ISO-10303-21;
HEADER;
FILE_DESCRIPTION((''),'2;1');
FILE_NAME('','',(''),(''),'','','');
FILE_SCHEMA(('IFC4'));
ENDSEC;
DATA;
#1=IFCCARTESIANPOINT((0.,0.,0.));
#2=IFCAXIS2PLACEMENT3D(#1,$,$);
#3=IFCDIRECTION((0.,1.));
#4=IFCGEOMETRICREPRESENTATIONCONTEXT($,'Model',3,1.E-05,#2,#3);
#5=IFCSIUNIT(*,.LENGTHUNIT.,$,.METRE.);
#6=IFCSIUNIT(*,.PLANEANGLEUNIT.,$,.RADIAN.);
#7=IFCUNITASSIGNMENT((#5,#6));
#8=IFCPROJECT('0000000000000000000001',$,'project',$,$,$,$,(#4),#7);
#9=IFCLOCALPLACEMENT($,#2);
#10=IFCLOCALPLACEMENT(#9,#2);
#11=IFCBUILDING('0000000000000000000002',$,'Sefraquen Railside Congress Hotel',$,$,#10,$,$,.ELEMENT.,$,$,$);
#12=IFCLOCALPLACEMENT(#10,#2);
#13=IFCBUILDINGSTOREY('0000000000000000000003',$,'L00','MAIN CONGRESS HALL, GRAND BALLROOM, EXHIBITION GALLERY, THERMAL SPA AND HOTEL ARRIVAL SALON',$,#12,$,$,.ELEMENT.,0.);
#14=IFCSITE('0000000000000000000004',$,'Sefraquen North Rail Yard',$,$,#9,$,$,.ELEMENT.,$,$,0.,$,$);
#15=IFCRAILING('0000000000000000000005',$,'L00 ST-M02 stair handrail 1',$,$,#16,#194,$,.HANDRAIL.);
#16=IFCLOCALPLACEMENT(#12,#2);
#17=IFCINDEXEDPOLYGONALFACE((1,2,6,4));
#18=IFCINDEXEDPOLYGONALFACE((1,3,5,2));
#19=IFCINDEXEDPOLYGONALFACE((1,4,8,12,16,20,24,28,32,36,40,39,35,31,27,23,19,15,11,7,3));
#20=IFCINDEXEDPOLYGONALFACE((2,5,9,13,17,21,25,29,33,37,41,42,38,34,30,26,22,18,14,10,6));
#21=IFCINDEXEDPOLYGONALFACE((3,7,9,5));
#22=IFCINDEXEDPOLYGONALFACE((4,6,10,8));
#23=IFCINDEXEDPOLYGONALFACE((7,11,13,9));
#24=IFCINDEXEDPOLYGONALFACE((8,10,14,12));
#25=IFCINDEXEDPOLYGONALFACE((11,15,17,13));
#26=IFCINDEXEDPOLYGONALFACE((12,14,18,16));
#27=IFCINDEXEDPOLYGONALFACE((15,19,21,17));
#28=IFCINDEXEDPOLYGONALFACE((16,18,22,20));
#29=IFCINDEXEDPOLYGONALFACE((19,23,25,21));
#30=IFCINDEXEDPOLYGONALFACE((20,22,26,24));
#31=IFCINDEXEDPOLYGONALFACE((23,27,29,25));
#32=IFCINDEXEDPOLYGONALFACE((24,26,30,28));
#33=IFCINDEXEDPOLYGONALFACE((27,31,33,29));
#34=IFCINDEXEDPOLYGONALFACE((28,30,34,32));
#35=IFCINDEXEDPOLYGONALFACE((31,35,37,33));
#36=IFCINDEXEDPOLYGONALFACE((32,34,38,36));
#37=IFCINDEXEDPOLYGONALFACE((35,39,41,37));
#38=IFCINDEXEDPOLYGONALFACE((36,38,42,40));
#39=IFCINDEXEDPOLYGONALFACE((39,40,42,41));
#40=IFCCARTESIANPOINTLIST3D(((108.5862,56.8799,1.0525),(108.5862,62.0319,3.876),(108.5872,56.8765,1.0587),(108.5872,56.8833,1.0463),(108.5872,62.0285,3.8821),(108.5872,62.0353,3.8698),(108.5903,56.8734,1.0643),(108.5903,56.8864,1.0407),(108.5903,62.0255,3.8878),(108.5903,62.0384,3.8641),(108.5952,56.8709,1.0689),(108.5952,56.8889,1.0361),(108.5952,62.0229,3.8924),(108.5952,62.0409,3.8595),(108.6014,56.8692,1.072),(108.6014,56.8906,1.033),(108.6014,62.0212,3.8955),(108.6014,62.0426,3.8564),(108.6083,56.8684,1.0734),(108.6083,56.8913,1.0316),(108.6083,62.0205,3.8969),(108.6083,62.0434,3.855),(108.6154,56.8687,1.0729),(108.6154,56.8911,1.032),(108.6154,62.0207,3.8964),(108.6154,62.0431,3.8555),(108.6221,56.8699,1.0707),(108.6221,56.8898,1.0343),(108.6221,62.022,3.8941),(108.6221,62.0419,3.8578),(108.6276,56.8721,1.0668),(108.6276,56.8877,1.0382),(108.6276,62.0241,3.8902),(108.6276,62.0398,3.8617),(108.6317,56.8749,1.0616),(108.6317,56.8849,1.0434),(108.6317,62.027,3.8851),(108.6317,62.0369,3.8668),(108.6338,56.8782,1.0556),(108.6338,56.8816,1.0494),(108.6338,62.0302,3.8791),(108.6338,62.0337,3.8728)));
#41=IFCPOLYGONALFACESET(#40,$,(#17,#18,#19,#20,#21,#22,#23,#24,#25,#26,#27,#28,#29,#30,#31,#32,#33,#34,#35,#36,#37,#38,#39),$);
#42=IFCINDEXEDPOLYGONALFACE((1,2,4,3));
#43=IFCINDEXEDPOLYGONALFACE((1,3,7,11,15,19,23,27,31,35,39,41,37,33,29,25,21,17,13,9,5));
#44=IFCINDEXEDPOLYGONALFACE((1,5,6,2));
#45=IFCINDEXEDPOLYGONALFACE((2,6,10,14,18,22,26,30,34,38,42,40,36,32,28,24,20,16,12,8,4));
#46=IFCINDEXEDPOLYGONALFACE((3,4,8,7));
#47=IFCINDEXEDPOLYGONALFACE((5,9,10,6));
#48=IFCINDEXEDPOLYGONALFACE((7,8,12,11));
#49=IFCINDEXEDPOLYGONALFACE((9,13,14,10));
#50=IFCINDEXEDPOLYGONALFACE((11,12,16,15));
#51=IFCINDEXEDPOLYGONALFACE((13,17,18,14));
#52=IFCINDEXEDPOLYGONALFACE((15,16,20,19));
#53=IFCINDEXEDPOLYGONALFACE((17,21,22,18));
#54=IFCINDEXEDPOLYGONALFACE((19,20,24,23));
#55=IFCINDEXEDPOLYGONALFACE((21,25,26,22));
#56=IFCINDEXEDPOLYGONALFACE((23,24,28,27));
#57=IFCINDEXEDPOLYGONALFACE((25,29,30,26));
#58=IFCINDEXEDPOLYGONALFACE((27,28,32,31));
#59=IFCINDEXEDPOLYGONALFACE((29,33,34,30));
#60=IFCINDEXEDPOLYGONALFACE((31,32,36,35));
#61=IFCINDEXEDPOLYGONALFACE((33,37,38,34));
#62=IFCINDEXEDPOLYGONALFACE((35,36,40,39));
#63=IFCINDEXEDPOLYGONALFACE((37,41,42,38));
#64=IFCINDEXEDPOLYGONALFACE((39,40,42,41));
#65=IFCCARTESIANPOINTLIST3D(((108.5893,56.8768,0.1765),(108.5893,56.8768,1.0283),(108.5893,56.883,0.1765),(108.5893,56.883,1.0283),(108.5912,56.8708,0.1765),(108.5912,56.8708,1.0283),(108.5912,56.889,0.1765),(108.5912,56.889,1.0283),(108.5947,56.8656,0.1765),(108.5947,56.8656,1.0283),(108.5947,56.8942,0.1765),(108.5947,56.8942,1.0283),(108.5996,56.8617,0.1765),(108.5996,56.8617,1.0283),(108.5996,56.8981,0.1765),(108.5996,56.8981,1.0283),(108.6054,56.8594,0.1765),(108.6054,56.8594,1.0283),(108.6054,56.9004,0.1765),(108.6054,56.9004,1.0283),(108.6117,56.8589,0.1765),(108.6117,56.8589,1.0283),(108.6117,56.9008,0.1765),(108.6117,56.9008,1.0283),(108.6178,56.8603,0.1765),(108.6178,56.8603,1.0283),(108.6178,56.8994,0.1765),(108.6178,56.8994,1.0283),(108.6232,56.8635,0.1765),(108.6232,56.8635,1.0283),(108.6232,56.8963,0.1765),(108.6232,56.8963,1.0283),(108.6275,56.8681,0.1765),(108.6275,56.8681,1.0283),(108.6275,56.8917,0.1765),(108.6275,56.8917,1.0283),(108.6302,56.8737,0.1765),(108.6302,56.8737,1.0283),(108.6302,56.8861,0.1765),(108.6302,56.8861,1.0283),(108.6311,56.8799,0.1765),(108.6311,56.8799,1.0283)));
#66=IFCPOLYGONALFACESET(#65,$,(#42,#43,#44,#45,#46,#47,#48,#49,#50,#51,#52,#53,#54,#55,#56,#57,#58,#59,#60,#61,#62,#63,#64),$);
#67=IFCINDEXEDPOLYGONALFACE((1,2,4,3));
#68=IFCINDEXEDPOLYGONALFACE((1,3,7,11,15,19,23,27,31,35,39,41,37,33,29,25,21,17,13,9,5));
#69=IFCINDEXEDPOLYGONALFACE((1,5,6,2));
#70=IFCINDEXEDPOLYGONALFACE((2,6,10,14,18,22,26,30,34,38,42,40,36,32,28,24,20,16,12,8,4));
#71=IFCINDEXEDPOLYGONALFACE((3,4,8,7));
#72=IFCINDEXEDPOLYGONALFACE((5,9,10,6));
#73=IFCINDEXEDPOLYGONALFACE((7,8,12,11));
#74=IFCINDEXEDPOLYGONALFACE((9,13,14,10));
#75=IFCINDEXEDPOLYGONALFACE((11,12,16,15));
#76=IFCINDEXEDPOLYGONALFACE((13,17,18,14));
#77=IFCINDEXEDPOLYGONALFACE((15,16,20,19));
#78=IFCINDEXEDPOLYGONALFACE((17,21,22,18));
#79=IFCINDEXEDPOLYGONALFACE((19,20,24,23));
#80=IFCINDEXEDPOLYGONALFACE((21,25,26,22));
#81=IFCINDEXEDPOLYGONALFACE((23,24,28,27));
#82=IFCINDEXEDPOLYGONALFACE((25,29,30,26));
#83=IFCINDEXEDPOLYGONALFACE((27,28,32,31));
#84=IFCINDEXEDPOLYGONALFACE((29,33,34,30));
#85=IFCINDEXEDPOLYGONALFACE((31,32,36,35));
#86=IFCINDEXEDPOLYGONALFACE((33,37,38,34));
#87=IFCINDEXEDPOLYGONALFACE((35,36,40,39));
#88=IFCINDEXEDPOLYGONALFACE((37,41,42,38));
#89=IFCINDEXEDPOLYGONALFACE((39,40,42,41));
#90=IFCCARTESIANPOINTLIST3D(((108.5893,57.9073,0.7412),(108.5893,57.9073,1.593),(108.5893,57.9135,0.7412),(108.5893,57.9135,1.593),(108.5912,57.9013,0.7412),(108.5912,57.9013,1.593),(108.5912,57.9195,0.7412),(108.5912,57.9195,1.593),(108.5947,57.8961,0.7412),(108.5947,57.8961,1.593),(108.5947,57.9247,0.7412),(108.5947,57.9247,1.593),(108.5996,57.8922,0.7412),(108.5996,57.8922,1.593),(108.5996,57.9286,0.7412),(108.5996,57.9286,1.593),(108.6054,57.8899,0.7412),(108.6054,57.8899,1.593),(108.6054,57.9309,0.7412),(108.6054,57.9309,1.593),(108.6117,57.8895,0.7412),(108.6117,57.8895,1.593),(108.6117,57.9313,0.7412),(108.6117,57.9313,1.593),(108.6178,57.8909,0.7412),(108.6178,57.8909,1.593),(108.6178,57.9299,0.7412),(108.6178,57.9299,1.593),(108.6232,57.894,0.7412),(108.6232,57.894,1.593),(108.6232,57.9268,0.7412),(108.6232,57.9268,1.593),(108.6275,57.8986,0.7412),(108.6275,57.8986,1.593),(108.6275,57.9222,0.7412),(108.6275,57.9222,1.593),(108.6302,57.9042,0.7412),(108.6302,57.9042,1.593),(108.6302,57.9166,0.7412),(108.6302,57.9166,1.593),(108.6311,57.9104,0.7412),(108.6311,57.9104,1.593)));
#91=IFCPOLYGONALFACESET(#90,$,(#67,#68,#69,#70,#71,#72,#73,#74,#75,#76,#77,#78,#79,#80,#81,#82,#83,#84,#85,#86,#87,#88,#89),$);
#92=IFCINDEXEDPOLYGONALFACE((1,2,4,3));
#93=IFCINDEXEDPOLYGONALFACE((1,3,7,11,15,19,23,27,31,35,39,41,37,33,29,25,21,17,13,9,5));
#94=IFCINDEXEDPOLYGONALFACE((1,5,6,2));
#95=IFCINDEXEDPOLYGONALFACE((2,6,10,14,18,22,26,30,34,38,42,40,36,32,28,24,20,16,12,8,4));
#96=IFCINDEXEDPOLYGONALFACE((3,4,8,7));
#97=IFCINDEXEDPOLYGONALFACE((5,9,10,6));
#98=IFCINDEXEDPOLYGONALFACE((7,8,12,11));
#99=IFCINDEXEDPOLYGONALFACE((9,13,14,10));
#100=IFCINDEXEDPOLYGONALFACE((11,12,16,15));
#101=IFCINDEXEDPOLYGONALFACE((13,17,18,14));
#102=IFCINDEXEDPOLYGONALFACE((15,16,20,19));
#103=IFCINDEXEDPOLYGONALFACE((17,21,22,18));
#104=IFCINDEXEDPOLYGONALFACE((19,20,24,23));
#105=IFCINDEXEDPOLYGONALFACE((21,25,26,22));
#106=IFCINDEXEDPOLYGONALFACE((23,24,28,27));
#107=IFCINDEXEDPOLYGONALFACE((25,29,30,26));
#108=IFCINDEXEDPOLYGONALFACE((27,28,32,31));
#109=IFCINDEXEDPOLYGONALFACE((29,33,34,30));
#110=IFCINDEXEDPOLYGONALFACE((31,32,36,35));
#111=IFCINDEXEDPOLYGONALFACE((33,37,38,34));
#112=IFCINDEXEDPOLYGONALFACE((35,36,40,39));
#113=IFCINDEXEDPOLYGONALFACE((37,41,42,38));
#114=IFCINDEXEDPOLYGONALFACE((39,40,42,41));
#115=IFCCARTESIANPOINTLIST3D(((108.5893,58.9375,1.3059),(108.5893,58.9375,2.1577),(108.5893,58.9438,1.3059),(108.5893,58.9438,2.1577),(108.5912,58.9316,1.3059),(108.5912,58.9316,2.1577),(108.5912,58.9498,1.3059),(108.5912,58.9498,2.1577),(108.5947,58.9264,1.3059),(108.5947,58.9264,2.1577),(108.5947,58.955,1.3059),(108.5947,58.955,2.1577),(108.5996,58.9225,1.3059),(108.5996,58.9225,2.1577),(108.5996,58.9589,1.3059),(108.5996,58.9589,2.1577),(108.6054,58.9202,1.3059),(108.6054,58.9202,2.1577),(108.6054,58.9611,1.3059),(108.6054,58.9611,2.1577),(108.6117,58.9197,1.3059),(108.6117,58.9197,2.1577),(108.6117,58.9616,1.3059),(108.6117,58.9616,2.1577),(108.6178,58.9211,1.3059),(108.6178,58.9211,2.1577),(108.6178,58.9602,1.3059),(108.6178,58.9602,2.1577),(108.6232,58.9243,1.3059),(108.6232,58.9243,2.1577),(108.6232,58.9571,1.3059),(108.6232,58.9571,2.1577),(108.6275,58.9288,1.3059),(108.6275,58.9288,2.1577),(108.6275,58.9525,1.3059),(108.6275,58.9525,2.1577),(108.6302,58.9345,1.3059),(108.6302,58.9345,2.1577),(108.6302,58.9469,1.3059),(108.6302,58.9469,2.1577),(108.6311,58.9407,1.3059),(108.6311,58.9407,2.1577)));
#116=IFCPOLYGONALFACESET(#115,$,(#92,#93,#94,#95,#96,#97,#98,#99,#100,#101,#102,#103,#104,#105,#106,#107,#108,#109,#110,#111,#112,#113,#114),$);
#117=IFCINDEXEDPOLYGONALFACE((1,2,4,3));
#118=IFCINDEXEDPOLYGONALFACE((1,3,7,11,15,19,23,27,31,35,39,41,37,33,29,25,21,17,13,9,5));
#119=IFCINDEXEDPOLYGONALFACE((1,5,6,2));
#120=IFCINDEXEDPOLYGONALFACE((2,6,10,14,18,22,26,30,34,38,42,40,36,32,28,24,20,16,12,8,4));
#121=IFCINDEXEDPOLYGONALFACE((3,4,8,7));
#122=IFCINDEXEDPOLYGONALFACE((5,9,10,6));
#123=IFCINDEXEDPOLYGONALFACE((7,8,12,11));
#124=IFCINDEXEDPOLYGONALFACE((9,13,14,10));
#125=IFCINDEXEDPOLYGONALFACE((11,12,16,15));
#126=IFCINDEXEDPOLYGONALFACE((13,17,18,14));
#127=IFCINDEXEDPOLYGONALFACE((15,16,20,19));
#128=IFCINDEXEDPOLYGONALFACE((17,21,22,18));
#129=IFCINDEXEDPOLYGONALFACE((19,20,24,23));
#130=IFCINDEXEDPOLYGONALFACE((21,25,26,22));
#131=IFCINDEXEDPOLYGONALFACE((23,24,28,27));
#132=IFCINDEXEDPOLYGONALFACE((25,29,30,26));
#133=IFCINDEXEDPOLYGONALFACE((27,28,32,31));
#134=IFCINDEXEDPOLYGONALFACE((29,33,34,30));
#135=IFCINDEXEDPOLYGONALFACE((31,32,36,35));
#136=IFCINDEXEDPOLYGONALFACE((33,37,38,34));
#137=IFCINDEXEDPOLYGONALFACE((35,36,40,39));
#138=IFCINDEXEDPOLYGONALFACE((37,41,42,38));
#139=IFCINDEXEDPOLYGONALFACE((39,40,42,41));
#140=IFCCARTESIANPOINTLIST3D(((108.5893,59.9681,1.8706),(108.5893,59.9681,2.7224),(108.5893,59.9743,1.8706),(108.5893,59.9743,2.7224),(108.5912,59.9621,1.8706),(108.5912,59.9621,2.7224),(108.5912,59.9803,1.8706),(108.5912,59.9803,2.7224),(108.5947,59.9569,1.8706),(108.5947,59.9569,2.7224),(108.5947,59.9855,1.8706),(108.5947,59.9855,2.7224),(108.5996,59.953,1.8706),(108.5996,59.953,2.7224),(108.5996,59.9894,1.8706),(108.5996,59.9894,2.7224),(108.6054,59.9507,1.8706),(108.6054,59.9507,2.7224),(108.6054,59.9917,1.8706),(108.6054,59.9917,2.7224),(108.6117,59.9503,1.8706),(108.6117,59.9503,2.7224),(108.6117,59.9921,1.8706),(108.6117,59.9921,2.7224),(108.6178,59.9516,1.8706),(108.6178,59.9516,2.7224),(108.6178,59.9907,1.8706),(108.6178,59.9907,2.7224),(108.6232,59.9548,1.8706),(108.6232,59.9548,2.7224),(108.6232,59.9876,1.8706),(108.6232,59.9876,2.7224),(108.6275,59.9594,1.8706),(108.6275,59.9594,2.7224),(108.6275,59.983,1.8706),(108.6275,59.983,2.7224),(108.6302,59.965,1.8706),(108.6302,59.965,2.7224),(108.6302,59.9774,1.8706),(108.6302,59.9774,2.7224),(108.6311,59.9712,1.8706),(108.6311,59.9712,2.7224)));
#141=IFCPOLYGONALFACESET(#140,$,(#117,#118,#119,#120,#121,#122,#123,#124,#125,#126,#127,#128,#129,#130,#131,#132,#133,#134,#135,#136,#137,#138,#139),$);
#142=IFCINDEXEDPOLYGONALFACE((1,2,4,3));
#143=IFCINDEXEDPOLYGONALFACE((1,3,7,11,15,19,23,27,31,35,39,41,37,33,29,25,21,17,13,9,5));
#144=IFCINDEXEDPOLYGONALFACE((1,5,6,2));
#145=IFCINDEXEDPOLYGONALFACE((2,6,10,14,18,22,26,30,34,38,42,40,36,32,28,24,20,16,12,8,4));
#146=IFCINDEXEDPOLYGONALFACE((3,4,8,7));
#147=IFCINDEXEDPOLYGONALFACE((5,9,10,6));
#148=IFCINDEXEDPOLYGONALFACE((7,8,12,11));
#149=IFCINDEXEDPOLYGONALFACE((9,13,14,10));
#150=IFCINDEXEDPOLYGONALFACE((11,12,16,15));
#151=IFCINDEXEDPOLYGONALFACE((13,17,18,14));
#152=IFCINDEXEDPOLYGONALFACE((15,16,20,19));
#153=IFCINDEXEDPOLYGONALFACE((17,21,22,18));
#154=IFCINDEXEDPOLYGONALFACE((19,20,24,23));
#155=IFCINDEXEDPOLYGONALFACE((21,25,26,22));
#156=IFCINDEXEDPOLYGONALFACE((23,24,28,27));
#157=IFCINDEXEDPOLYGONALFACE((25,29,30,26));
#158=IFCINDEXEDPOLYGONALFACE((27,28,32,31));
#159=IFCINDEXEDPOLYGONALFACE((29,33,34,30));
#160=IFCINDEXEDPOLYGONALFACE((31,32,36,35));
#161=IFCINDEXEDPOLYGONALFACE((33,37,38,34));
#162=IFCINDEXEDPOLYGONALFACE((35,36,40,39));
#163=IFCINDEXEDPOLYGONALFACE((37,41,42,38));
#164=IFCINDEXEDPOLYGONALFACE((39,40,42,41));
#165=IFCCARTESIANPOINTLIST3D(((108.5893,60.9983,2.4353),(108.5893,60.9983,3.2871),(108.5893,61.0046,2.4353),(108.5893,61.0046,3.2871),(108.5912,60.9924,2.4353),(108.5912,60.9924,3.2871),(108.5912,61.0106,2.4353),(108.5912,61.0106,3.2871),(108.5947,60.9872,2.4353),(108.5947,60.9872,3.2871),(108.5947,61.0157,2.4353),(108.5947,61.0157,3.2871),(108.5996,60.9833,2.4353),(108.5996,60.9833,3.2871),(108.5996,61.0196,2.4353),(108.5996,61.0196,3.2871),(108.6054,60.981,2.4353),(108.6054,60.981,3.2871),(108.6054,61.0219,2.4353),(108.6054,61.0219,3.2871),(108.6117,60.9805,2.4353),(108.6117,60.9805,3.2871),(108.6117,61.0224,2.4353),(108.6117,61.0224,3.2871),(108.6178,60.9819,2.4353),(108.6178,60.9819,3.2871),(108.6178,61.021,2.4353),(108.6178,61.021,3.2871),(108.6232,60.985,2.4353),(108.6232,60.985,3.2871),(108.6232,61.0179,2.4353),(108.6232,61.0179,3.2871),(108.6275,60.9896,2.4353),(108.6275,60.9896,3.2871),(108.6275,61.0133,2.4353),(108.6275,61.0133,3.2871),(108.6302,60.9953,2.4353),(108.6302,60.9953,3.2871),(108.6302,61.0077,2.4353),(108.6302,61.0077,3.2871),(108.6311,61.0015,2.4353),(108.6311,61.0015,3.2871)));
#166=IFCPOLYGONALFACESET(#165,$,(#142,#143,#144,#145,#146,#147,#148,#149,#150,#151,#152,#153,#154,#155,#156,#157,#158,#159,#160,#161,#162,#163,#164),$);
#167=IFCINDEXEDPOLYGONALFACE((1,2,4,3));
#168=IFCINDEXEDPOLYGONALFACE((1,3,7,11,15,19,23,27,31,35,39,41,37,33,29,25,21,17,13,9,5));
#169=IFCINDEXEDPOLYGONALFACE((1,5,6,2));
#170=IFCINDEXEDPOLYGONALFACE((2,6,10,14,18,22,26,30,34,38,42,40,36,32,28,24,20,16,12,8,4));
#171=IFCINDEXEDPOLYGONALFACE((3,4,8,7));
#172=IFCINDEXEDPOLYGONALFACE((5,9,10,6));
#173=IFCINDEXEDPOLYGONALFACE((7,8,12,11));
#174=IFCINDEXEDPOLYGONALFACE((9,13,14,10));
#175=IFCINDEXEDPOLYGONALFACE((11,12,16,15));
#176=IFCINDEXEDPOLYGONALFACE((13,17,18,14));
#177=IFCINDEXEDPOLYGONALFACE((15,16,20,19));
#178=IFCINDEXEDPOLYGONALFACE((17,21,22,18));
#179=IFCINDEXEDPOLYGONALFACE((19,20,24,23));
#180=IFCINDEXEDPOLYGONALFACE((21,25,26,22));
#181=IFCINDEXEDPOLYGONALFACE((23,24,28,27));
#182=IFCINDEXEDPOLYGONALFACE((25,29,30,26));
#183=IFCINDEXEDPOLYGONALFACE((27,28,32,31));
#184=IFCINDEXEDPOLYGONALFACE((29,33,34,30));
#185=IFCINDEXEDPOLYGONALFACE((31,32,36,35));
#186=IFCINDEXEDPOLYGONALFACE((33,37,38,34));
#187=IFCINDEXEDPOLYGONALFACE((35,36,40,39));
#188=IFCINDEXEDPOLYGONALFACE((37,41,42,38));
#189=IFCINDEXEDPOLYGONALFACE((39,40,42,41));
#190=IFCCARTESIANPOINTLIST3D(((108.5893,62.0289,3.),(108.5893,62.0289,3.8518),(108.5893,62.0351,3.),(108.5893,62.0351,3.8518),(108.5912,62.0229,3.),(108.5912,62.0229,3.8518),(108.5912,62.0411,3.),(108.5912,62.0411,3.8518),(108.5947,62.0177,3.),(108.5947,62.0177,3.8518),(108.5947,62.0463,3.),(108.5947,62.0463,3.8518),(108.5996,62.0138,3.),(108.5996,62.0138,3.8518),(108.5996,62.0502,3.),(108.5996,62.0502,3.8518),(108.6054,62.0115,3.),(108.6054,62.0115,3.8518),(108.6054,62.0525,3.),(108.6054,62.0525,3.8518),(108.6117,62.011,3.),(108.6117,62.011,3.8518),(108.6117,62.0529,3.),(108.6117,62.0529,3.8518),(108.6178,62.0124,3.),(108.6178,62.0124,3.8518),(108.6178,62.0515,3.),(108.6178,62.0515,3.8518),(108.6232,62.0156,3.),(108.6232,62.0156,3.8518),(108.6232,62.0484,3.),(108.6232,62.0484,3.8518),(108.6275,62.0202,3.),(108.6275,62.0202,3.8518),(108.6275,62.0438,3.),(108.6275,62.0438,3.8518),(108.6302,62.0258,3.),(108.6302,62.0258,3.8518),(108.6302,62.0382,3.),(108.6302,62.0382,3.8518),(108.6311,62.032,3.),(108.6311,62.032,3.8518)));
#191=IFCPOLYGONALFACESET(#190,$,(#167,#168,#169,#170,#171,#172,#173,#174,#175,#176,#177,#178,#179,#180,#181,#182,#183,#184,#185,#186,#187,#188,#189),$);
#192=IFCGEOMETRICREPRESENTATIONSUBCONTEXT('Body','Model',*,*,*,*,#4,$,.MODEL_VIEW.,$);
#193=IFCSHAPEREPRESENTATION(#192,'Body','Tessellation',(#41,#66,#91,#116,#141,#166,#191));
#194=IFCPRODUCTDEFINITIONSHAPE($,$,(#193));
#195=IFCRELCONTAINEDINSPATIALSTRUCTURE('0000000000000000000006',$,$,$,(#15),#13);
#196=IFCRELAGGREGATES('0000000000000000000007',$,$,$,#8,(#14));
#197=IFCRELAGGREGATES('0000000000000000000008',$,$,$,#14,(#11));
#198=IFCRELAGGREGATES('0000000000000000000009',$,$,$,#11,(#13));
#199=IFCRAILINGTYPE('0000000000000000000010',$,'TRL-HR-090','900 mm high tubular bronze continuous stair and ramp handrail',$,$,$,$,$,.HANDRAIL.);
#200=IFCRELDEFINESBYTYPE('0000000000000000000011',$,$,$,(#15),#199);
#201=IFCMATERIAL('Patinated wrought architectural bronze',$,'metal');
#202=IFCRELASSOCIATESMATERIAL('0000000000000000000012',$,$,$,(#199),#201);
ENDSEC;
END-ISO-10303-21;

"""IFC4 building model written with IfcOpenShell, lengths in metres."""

from ifc_helpers import new_model, si_unit, direction, frame, origin, origin_2d, place, context, subcontext, project, spatial, circle, extrude, material, type_object, element, save


model = new_model("IFC4")

# Units and contexts
model_context = context("Model", 3, precision=1e-05, world=origin(), true_north=direction((0.0, 1.0)))
body_context = subcontext(model_context, "Body", "Model", "MODEL_VIEW")
ifc_project = project(units=[si_unit("LENGTHUNIT", "METRE"), si_unit("PLANEANGLEUNIT", "RADIAN")], contexts=[model_context])

# Site, building, storey
site_placement = place(None, origin())
site = spatial("IfcSite", under=ifc_project, at=site_placement, Name="Sefraquen North Rail Yard", CompositionType="ELEMENT", RefElevation=0.0)
building_placement = place(site_placement, origin())
building = spatial("IfcBuilding", under=site, at=building_placement, Name="Sefraquen Railside Congress Hotel", CompositionType="ELEMENT")
storey_placement = place(building_placement, origin())
storey = spatial("IfcBuildingStorey", under=building, at=storey_placement, Name="L00", Description="MAIN CONGRESS HALL, GRAND BALLROOM, EXHIBITION GALLERY, THERMAL SPA AND HOTEL ARRIVAL SALON", CompositionType="ELEMENT", Elevation=0.0)

# Railing
ifc_material_1 = material(Name="Patinated wrought architectural bronze", Category="metal")
railing_type_1 = type_object("IfcRailingType", Name="TRL-HR-090", Description="900 mm high tubular bronze continuous stair and ramp handrail", PredefinedType="HANDRAIL", material=ifc_material_1)
railing_1_placement = place(storey_placement, frame((108.6101, 56.8799, 0.1765)))
element("IfcRailing", 1, at=railing_1_placement, inside=storey, type_object=railing_type_1, Name="L00 ST-M02 stair handrail 1", PredefinedType="HANDRAIL", context=body_context, shape_type="SweptSolid", body=[
    extrude(circle(Radius=0.0239, at=origin_2d()), frame((0.0, 0.0, 0.876), z_axis=(0.0, 0.876946, 0.480589), x_axis=(-1.0, 0.0, 0.0)), (0.0, 0.0, 1.0), 5.875),
    extrude(circle(Radius=0.021, at=origin_2d()), origin(), (0.0, 0.0, 1.0), 0.8518),
    extrude(circle(Radius=0.021, at=origin_2d()), frame((0.0, 1.0305, 0.5647)), (0.0, 0.0, 1.0), 0.8518),
    extrude(circle(Radius=0.021, at=origin_2d()), frame((0.0, 2.0608, 1.1294)), (0.0, 0.0, 1.0), 0.8518),
    extrude(circle(Radius=0.021, at=origin_2d()), frame((0.0, 3.0913, 1.6941)), (0.0, 0.0, 1.0), 0.8518),
    extrude(circle(Radius=0.021, at=origin_2d()), frame((0.0, 4.1216, 2.2588)), (0.0, 0.0, 1.0), 0.8518),
    extrude(circle(Radius=0.021, at=origin_2d()), frame((0.0, 5.1521, 2.8235)), (0.0, 0.0, 1.0), 0.8518),
])

save(model, "model.ifc")
